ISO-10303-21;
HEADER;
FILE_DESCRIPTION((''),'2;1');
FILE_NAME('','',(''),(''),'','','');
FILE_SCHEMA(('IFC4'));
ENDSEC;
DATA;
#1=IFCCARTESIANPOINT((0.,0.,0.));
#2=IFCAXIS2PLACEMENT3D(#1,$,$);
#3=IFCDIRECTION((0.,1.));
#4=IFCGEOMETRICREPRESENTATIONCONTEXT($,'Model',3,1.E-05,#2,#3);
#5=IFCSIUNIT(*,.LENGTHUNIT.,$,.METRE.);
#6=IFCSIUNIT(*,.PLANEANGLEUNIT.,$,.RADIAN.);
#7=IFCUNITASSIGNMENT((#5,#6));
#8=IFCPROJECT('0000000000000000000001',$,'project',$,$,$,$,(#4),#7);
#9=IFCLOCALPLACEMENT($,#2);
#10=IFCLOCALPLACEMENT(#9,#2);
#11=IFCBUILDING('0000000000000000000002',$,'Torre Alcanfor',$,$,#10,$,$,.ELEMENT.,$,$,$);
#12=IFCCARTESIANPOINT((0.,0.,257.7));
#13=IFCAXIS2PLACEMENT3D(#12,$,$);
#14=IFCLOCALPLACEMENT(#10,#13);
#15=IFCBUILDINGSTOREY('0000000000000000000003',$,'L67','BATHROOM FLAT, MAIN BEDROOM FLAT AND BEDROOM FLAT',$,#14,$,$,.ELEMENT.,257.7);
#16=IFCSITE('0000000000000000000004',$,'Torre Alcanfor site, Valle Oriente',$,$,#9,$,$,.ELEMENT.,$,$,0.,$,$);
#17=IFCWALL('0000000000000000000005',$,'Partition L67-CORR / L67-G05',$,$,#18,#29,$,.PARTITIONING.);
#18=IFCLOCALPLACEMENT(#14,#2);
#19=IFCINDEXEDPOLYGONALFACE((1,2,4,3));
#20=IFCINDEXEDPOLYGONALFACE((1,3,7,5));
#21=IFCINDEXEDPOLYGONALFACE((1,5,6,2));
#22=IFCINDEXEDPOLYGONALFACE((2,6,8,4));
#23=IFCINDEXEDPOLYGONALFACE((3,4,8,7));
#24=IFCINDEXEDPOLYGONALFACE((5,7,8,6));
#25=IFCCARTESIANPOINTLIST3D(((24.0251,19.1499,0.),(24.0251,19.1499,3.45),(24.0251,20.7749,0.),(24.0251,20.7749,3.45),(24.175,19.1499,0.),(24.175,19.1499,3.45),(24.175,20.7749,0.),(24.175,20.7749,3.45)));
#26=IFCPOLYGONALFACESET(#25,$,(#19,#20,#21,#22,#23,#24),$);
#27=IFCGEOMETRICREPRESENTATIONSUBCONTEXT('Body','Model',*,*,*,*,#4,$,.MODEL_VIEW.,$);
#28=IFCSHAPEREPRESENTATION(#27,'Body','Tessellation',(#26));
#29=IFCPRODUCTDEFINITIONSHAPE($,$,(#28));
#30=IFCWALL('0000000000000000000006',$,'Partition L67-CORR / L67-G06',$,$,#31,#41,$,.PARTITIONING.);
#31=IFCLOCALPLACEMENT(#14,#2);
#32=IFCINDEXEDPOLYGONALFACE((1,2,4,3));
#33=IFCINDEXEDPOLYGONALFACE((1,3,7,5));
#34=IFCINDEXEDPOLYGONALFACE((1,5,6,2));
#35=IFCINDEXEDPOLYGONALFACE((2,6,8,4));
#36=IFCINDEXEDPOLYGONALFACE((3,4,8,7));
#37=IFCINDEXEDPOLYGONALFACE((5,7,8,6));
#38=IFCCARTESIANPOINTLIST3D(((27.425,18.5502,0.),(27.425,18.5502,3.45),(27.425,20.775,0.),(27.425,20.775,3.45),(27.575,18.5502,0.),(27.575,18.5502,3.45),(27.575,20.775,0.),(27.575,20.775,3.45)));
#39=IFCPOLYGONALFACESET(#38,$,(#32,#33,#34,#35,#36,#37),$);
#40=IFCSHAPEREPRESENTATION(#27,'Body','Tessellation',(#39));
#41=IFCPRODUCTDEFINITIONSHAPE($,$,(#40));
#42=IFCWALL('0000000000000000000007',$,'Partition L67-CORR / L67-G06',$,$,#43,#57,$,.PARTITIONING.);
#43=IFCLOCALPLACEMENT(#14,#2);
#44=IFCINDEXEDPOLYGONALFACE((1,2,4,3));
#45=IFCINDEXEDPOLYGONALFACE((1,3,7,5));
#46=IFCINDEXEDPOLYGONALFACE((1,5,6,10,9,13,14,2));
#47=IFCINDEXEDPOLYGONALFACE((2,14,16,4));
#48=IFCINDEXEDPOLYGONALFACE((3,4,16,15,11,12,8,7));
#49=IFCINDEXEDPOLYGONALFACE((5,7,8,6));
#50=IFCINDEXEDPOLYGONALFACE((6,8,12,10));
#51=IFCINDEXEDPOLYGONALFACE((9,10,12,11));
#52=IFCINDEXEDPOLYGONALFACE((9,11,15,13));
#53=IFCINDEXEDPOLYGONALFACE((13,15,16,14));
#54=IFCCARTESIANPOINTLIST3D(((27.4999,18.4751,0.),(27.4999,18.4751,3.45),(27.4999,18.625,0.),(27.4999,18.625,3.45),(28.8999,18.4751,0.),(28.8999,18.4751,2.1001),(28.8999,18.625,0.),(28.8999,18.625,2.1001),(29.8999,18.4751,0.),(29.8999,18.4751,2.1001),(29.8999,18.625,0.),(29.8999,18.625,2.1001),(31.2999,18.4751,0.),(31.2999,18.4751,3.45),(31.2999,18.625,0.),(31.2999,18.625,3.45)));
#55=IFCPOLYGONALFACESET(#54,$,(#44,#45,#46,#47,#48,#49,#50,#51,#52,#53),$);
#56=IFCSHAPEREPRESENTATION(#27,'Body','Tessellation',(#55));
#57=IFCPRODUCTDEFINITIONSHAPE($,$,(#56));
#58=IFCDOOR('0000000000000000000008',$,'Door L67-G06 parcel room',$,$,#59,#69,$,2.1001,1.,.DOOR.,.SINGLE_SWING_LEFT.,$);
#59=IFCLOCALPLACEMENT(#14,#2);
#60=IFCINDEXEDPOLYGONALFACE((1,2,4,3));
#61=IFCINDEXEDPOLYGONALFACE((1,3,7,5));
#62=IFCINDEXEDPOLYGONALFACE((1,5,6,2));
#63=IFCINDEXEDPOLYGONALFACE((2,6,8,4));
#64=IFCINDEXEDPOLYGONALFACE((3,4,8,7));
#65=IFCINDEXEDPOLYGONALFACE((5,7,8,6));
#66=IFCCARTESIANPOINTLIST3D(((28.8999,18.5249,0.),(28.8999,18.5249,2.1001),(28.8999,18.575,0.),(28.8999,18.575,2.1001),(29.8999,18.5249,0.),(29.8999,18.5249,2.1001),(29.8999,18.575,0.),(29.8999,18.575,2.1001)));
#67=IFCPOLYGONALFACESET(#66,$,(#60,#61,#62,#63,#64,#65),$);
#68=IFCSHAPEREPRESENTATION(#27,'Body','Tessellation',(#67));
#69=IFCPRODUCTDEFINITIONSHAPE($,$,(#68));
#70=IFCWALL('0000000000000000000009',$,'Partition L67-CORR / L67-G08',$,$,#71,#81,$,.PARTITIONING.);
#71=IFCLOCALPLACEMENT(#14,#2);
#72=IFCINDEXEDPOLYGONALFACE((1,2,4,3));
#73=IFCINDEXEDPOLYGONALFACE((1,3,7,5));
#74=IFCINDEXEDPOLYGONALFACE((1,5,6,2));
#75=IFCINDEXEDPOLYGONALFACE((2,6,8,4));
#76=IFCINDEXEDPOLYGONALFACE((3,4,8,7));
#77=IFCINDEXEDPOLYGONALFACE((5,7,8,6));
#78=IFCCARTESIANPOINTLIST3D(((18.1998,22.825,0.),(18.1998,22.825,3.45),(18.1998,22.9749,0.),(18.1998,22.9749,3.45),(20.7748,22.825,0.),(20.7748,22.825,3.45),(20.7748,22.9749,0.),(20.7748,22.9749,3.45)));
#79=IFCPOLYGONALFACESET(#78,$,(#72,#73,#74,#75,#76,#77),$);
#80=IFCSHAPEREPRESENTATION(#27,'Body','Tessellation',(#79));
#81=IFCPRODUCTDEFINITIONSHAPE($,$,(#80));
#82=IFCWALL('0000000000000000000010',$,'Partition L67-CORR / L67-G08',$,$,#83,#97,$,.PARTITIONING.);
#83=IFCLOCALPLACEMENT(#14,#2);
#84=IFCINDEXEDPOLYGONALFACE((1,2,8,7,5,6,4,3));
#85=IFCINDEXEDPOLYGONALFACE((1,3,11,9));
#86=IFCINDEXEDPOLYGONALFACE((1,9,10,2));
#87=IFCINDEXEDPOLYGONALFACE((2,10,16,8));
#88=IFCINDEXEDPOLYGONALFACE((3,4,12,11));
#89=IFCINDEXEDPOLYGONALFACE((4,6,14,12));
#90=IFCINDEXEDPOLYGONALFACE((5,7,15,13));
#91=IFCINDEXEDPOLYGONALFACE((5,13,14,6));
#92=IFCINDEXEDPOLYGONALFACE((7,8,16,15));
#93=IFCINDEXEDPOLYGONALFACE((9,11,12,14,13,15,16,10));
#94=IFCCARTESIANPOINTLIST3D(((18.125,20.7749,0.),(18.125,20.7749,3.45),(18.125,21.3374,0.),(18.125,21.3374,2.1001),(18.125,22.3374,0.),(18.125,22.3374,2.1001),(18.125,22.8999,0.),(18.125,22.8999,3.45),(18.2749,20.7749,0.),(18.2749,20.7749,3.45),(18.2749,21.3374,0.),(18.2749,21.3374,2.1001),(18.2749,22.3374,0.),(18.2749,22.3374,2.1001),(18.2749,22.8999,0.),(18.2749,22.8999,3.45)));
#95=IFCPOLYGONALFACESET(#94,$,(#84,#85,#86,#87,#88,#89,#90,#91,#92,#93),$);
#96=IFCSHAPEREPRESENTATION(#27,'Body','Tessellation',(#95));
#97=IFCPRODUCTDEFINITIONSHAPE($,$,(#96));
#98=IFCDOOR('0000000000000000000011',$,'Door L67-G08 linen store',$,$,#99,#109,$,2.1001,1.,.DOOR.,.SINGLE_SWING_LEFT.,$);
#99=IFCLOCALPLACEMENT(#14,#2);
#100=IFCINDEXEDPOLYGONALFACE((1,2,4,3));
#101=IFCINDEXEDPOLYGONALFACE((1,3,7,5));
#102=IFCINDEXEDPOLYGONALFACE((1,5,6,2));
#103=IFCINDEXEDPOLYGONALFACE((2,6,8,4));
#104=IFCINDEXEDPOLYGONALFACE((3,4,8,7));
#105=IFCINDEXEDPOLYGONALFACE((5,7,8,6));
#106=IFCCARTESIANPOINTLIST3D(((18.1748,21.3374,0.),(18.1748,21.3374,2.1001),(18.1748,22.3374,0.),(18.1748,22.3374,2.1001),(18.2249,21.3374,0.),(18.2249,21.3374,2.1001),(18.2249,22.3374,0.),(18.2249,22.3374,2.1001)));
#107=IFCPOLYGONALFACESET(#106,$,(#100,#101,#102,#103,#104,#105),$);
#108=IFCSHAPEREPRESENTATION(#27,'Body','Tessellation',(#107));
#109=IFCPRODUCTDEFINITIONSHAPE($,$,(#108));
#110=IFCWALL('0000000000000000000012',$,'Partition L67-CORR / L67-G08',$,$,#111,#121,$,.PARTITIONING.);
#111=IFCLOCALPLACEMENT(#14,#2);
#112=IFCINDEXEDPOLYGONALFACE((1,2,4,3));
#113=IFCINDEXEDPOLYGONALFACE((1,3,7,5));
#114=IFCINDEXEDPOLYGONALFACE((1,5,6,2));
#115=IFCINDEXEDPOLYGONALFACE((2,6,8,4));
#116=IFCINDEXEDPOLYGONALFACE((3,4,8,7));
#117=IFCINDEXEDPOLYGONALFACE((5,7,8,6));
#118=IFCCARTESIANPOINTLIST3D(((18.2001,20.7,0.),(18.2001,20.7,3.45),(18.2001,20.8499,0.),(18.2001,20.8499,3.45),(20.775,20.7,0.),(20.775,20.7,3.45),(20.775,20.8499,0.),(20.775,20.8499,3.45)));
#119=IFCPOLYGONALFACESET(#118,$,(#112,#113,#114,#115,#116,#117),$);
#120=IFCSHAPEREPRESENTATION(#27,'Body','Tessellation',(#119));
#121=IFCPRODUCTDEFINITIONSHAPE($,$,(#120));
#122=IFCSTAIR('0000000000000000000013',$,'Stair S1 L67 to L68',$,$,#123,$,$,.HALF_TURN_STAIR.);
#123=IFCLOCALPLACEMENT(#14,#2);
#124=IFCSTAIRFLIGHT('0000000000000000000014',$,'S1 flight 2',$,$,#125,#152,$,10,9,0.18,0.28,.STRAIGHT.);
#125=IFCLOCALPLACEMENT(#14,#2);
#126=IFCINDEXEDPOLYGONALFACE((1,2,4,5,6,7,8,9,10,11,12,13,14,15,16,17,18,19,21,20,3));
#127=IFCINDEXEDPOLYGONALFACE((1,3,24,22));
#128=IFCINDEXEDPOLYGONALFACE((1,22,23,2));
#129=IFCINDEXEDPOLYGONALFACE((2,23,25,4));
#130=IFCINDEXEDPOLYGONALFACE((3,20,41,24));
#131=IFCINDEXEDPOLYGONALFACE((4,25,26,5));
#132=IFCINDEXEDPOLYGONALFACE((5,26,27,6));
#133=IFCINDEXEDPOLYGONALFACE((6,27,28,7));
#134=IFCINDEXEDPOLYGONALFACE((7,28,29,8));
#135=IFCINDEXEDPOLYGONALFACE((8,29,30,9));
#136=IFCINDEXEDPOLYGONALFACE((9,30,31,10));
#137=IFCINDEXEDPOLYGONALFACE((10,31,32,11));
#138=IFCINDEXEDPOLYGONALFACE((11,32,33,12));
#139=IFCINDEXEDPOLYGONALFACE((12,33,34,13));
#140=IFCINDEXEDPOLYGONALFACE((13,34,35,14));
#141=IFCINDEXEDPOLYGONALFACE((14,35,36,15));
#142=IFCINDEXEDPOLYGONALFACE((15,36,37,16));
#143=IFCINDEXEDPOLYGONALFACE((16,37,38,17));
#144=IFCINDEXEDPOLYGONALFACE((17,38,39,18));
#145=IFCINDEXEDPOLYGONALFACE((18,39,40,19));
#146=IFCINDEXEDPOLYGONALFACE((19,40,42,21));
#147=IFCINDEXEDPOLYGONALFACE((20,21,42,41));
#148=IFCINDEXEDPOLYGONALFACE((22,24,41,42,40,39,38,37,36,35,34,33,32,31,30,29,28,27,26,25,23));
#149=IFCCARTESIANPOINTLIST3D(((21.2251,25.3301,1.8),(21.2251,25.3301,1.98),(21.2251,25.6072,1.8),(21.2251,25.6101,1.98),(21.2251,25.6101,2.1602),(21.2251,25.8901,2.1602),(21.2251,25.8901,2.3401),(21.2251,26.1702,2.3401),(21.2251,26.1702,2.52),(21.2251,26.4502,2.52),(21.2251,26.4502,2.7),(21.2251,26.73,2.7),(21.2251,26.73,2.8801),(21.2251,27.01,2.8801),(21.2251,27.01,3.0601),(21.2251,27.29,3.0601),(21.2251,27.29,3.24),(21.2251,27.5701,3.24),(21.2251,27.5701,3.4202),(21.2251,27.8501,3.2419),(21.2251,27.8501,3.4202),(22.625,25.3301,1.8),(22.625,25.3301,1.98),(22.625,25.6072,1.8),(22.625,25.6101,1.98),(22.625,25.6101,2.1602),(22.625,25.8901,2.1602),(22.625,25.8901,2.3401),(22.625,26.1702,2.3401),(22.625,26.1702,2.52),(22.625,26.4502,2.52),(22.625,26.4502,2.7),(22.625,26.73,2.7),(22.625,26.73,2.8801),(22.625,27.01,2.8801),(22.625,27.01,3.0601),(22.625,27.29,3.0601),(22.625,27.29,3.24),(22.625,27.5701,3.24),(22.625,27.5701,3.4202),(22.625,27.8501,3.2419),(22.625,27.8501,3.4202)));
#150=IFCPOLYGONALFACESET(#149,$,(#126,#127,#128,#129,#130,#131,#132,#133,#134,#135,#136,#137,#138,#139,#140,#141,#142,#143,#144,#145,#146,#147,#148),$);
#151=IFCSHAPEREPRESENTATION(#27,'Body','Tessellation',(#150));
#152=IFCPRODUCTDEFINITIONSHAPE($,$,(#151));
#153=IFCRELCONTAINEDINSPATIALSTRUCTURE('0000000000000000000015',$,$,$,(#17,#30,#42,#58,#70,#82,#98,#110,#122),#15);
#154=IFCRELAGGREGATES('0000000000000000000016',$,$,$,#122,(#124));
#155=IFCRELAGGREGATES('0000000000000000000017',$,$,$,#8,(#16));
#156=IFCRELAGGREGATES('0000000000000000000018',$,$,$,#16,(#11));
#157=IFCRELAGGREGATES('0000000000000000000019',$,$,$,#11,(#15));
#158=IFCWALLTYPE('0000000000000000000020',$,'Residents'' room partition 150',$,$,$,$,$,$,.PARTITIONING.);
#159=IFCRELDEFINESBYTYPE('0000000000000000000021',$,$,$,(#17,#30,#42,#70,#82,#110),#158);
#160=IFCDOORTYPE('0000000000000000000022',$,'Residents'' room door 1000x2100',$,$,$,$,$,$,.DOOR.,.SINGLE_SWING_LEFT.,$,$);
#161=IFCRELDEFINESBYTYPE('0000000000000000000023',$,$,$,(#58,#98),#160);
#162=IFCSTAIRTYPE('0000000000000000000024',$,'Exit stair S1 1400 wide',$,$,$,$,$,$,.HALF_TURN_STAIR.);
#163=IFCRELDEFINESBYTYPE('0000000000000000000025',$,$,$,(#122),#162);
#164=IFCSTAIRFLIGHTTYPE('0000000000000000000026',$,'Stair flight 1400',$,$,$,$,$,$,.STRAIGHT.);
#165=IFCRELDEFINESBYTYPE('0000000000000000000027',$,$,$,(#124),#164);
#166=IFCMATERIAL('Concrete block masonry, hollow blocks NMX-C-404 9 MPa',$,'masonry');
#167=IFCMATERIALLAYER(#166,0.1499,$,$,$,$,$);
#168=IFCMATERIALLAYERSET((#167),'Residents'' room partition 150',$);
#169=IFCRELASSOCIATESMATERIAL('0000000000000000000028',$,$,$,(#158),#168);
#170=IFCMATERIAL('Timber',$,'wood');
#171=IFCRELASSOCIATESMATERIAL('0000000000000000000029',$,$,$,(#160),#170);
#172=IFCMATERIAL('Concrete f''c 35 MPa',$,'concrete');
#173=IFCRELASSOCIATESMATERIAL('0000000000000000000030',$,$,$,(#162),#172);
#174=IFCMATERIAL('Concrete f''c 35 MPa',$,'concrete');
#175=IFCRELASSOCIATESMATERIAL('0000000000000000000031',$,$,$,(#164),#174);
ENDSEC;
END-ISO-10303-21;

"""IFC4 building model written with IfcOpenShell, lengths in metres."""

from ifc_helpers import new_model, si_unit, direction, frame, frame_2d, origin, place, context, subcontext, project, spatial, polyline, rectangle, outline, extrude, material, layer, layer_set, type_object, element, fill, aggregate, save


model = new_model("IFC4")

# Units and contexts
model_context = context("Model", 3, precision=1e-05, world=origin(), true_north=direction((0.0, 1.0)))
body_context = subcontext(model_context, "Body", "Model", "MODEL_VIEW")
ifc_project = project(units=[si_unit("LENGTHUNIT", "METRE"), si_unit("PLANEANGLEUNIT", "RADIAN")], contexts=[model_context])

# Site, building, storey
site_placement = place(None, origin())
site = spatial("IfcSite", under=ifc_project, at=site_placement, Name="Torre Alcanfor site, Valle Oriente", CompositionType="ELEMENT", RefElevation=0.0)
building_placement = place(site_placement, origin())
building = spatial("IfcBuilding", under=site, at=building_placement, Name="Torre Alcanfor", CompositionType="ELEMENT")
storey_placement = place(building_placement, frame((0.0, 0.0, 257.7)))
storey = spatial("IfcBuildingStorey", under=building, at=storey_placement, Name="L67", Description="BATHROOM FLAT, MAIN BEDROOM FLAT AND BEDROOM FLAT", CompositionType="ELEMENT", Elevation=257.7)

# Shared definitions
ifc_material_1 = material(Name="Concrete block masonry, hollow blocks NMX-C-404 9 MPa", Category="masonry")
ifc_layer_1 = layer(ifc_material_1, 0.1499)
ifc_layer_set_1 = layer_set([ifc_layer_1], Name="Residents' room partition 150")
wall_type_1 = type_object("IfcWallType", Name="Residents' room partition 150", PredefinedType="PARTITIONING", material=ifc_layer_set_1)

# Shared definitions
ifc_material_2 = material(Name="Timber", Category="wood")
door_type_1 = type_object("IfcDoorType", Name="Residents' room door 1000x2100", OperationType="SINGLE_SWING_LEFT", PredefinedType="DOOR", material=ifc_material_2)

# Walls
wall_1_placement = place(storey_placement, frame((24.1001, 19.1499, 0.0), z_axis=(0.0, 0.0, 1.0), x_axis=(0.0, 1.0, 0.0)))
element("IfcWall", 1, at=wall_1_placement, inside=storey, type_object=wall_type_1, Name="Partition L67-CORR / L67-G05", PredefinedType="PARTITIONING", context=body_context, shape_type="SweptSolid", body=[
    extrude(rectangle(XDim=1.625, YDim=0.1499, at=frame_2d((0.8125, 0.0))), origin(), (0.0, 0.0, 1.0), 3.45),
])
wall_2_placement = place(storey_placement, frame((27.5, 20.7749, 0.0), z_axis=(0.0, 0.0, 1.0), x_axis=(0.0, -1.0, 0.0)))
element("IfcWall", 2, at=wall_2_placement, inside=storey, type_object=wall_type_1, Name="Partition L67-CORR / L67-G06", PredefinedType="PARTITIONING", context=body_context, shape_type="SweptSolid", body=[
    extrude(rectangle(XDim=2.2249, YDim=0.1499, at=frame_2d((1.1123, 0.0))), origin(), (0.0, 0.0, 1.0), 3.45),
])

# Wall, opening, door
wall_3_placement = place(storey_placement, frame((27.5, 18.55, 0.0), z_axis=(0.0, 0.0, 1.0), x_axis=(1.0, 0.0, 0.0)))
wall_3 = element("IfcWall", 3, at=wall_3_placement, inside=storey, type_object=wall_type_1, Name="Partition L67-CORR / L67-G06", PredefinedType="PARTITIONING", context=body_context, shape_type="SweptSolid", body=[
    extrude(rectangle(XDim=3.8, YDim=0.1499, at=frame_2d((1.8999, 0.0))), origin(), (0.0, 0.0, 1.0), 3.45),
])
opening_1_placement = place(wall_3_placement, frame((1.3999, 0.0, 0.0)))
opening_1 = element("IfcOpeningElement", 4, at=opening_1_placement, cuts=wall_3, PredefinedType="OPENING", context=body_context, shape_type="SweptSolid", body=[
    extrude(rectangle(XDim=1.0, YDim=2.1001, at=frame_2d((0.5, 1.05))), frame((0.0, 0.085, 0.0), z_axis=(0.0, -1.0, 0.0), x_axis=(1.0, 0.0, 0.0)), (0.0, 0.0, 1.0), 0.1699),
])
door_1_placement = place(opening_1_placement, origin())
door_1 = element("IfcDoor", 5, at=door_1_placement, inside=storey, type_object=door_type_1, Name="Door L67-G06 parcel room", OperationType="SINGLE_SWING_LEFT", OverallHeight=2.1001, OverallWidth=1.0, PredefinedType="DOOR", context=body_context, shape_type="SweptSolid", body=[
    extrude(rectangle(XDim=1.0, YDim=2.1001, at=frame_2d((0.5, 1.05))), frame((0.0, 0.0249, 0.0), z_axis=(0.0, -1.0, 0.0), x_axis=(1.0, 0.0, 0.0)), (0.0, 0.0, 1.0), 0.05),
])
fill(opening_1, door_1)

# Wall
wall_4_placement = place(storey_placement, frame((20.7749, 22.8999, 0.0), z_axis=(0.0, 0.0, 1.0), x_axis=(-1.0, 0.0, 0.0)))
element("IfcWall", 6, at=wall_4_placement, inside=storey, type_object=wall_type_1, Name="Partition L67-CORR / L67-G08", PredefinedType="PARTITIONING", context=body_context, shape_type="SweptSolid", body=[
    extrude(rectangle(XDim=2.575, YDim=0.1499, at=frame_2d((1.2876, 0.0))), origin(), (0.0, 0.0, 1.0), 3.45),
])

# Wall, opening, door
wall_5_placement = place(storey_placement, frame((18.2, 22.8999, 0.0), z_axis=(0.0, 0.0, 1.0), x_axis=(0.0, -1.0, 0.0)))
wall_5 = element("IfcWall", 7, at=wall_5_placement, inside=storey, type_object=wall_type_1, Name="Partition L67-CORR / L67-G08", PredefinedType="PARTITIONING", context=body_context, shape_type="SweptSolid", body=[
    extrude(rectangle(XDim=2.125, YDim=0.1499, at=frame_2d((1.0625, 0.0))), origin(), (0.0, 0.0, 1.0), 3.45),
])
opening_2_placement = place(wall_5_placement, frame((0.5625, 0.0, 0.0)))
opening_2 = element("IfcOpeningElement", 8, at=opening_2_placement, cuts=wall_5, PredefinedType="OPENING", context=body_context, shape_type="SweptSolid", body=[
    extrude(rectangle(XDim=1.0, YDim=2.1001, at=frame_2d((0.5, 1.05))), frame((0.0, 0.085, 0.0), z_axis=(0.0, -1.0, 0.0), x_axis=(1.0, 0.0, 0.0)), (0.0, 0.0, 1.0), 0.1699),
])
door_2_placement = place(opening_2_placement, origin())
door_2 = element("IfcDoor", 9, at=door_2_placement, inside=storey, type_object=door_type_1, Name="Door L67-G08 linen store", OperationType="SINGLE_SWING_LEFT", OverallHeight=2.1001, OverallWidth=1.0, PredefinedType="DOOR", context=body_context, shape_type="SweptSolid", body=[
    extrude(rectangle(XDim=1.0, YDim=2.1001, at=frame_2d((0.5, 1.05))), frame((0.0, 0.0249, 0.0), z_axis=(0.0, -1.0, 0.0), x_axis=(1.0, 0.0, 0.0)), (0.0, 0.0, 1.0), 0.05),
])
fill(opening_2, door_2)

# Wall
wall_6_placement = place(storey_placement, frame((18.2, 20.7749, 0.0), z_axis=(0.0, 0.0, 1.0), x_axis=(1.0, 0.0, 0.0)))
element("IfcWall", 10, at=wall_6_placement, inside=storey, type_object=wall_type_1, Name="Partition L67-CORR / L67-G08", PredefinedType="PARTITIONING", context=body_context, shape_type="SweptSolid", body=[
    extrude(rectangle(XDim=2.575, YDim=0.1499, at=frame_2d((1.2876, 0.0))), origin(), (0.0, 0.0, 1.0), 3.45),
])

# Stair, stair flight
ifc_material_3 = material(Name="Concrete f'c 35 MPa", Category="concrete")
stair_type = type_object("IfcStairType", Name="Exit stair S1 1400 wide", PredefinedType="HALF_TURN_STAIR", material=ifc_material_3)
stair_placement = place(storey_placement, origin())
stair = element("IfcStair", 11, at=stair_placement, inside=storey, type_object=stair_type, Name="Stair S1 L67 to L68", PredefinedType="HALF_TURN_STAIR")
ifc_material_4 = material(Name="Concrete f'c 35 MPa", Category="concrete")
stair_flight_type = type_object("IfcStairFlightType", Name="Stair flight 1400", PredefinedType="STRAIGHT", material=ifc_material_4)
stair_flight_placement = place(storey_placement, frame((21.925, 25.3301, 1.8), z_axis=(0.0, 0.0, 1.0), x_axis=(0.0, 1.0, 0.0)))
stair_flight = element("IfcStairFlight", 12, at=stair_flight_placement, type_object=stair_flight_type, Name="S1 flight 2", NumberOfRisers=10, NumberOfTreads=9, PredefinedType="STRAIGHT", RiserHeight=0.18, TreadLength=0.28, context=body_context, shape_type="SweptSolid", body=[
    extrude(outline(polyline([(0.0, 0.0), (0.0, 0.1799), (0.28, 0.1799), (0.28, 0.3601), (0.5601, 0.3601), (0.5601, 0.54), (0.8401, 0.54), (0.8401, 0.72), (1.1201, 0.72), (1.1201, 0.8999), (1.3999, 0.8999), (1.3999, 1.0801), (1.6799, 1.0801), (1.6799, 1.26), (1.96, 1.26), (1.96, 1.4399), (2.24, 1.4399), (2.24, 1.6201), (2.52, 1.6201), (2.52, 1.8), (2.52, 1.4419), (0.2771, 0.0), (0.0, 0.0)])), frame((0.0, 0.7, 0.0), z_axis=(0.0, -1.0, 0.0), x_axis=(1.0, 0.0, 0.0)), (0.0, 0.0, 1.0), 1.3999),
])
aggregate(stair, [stair_flight])

save(model, "model.ifc")
